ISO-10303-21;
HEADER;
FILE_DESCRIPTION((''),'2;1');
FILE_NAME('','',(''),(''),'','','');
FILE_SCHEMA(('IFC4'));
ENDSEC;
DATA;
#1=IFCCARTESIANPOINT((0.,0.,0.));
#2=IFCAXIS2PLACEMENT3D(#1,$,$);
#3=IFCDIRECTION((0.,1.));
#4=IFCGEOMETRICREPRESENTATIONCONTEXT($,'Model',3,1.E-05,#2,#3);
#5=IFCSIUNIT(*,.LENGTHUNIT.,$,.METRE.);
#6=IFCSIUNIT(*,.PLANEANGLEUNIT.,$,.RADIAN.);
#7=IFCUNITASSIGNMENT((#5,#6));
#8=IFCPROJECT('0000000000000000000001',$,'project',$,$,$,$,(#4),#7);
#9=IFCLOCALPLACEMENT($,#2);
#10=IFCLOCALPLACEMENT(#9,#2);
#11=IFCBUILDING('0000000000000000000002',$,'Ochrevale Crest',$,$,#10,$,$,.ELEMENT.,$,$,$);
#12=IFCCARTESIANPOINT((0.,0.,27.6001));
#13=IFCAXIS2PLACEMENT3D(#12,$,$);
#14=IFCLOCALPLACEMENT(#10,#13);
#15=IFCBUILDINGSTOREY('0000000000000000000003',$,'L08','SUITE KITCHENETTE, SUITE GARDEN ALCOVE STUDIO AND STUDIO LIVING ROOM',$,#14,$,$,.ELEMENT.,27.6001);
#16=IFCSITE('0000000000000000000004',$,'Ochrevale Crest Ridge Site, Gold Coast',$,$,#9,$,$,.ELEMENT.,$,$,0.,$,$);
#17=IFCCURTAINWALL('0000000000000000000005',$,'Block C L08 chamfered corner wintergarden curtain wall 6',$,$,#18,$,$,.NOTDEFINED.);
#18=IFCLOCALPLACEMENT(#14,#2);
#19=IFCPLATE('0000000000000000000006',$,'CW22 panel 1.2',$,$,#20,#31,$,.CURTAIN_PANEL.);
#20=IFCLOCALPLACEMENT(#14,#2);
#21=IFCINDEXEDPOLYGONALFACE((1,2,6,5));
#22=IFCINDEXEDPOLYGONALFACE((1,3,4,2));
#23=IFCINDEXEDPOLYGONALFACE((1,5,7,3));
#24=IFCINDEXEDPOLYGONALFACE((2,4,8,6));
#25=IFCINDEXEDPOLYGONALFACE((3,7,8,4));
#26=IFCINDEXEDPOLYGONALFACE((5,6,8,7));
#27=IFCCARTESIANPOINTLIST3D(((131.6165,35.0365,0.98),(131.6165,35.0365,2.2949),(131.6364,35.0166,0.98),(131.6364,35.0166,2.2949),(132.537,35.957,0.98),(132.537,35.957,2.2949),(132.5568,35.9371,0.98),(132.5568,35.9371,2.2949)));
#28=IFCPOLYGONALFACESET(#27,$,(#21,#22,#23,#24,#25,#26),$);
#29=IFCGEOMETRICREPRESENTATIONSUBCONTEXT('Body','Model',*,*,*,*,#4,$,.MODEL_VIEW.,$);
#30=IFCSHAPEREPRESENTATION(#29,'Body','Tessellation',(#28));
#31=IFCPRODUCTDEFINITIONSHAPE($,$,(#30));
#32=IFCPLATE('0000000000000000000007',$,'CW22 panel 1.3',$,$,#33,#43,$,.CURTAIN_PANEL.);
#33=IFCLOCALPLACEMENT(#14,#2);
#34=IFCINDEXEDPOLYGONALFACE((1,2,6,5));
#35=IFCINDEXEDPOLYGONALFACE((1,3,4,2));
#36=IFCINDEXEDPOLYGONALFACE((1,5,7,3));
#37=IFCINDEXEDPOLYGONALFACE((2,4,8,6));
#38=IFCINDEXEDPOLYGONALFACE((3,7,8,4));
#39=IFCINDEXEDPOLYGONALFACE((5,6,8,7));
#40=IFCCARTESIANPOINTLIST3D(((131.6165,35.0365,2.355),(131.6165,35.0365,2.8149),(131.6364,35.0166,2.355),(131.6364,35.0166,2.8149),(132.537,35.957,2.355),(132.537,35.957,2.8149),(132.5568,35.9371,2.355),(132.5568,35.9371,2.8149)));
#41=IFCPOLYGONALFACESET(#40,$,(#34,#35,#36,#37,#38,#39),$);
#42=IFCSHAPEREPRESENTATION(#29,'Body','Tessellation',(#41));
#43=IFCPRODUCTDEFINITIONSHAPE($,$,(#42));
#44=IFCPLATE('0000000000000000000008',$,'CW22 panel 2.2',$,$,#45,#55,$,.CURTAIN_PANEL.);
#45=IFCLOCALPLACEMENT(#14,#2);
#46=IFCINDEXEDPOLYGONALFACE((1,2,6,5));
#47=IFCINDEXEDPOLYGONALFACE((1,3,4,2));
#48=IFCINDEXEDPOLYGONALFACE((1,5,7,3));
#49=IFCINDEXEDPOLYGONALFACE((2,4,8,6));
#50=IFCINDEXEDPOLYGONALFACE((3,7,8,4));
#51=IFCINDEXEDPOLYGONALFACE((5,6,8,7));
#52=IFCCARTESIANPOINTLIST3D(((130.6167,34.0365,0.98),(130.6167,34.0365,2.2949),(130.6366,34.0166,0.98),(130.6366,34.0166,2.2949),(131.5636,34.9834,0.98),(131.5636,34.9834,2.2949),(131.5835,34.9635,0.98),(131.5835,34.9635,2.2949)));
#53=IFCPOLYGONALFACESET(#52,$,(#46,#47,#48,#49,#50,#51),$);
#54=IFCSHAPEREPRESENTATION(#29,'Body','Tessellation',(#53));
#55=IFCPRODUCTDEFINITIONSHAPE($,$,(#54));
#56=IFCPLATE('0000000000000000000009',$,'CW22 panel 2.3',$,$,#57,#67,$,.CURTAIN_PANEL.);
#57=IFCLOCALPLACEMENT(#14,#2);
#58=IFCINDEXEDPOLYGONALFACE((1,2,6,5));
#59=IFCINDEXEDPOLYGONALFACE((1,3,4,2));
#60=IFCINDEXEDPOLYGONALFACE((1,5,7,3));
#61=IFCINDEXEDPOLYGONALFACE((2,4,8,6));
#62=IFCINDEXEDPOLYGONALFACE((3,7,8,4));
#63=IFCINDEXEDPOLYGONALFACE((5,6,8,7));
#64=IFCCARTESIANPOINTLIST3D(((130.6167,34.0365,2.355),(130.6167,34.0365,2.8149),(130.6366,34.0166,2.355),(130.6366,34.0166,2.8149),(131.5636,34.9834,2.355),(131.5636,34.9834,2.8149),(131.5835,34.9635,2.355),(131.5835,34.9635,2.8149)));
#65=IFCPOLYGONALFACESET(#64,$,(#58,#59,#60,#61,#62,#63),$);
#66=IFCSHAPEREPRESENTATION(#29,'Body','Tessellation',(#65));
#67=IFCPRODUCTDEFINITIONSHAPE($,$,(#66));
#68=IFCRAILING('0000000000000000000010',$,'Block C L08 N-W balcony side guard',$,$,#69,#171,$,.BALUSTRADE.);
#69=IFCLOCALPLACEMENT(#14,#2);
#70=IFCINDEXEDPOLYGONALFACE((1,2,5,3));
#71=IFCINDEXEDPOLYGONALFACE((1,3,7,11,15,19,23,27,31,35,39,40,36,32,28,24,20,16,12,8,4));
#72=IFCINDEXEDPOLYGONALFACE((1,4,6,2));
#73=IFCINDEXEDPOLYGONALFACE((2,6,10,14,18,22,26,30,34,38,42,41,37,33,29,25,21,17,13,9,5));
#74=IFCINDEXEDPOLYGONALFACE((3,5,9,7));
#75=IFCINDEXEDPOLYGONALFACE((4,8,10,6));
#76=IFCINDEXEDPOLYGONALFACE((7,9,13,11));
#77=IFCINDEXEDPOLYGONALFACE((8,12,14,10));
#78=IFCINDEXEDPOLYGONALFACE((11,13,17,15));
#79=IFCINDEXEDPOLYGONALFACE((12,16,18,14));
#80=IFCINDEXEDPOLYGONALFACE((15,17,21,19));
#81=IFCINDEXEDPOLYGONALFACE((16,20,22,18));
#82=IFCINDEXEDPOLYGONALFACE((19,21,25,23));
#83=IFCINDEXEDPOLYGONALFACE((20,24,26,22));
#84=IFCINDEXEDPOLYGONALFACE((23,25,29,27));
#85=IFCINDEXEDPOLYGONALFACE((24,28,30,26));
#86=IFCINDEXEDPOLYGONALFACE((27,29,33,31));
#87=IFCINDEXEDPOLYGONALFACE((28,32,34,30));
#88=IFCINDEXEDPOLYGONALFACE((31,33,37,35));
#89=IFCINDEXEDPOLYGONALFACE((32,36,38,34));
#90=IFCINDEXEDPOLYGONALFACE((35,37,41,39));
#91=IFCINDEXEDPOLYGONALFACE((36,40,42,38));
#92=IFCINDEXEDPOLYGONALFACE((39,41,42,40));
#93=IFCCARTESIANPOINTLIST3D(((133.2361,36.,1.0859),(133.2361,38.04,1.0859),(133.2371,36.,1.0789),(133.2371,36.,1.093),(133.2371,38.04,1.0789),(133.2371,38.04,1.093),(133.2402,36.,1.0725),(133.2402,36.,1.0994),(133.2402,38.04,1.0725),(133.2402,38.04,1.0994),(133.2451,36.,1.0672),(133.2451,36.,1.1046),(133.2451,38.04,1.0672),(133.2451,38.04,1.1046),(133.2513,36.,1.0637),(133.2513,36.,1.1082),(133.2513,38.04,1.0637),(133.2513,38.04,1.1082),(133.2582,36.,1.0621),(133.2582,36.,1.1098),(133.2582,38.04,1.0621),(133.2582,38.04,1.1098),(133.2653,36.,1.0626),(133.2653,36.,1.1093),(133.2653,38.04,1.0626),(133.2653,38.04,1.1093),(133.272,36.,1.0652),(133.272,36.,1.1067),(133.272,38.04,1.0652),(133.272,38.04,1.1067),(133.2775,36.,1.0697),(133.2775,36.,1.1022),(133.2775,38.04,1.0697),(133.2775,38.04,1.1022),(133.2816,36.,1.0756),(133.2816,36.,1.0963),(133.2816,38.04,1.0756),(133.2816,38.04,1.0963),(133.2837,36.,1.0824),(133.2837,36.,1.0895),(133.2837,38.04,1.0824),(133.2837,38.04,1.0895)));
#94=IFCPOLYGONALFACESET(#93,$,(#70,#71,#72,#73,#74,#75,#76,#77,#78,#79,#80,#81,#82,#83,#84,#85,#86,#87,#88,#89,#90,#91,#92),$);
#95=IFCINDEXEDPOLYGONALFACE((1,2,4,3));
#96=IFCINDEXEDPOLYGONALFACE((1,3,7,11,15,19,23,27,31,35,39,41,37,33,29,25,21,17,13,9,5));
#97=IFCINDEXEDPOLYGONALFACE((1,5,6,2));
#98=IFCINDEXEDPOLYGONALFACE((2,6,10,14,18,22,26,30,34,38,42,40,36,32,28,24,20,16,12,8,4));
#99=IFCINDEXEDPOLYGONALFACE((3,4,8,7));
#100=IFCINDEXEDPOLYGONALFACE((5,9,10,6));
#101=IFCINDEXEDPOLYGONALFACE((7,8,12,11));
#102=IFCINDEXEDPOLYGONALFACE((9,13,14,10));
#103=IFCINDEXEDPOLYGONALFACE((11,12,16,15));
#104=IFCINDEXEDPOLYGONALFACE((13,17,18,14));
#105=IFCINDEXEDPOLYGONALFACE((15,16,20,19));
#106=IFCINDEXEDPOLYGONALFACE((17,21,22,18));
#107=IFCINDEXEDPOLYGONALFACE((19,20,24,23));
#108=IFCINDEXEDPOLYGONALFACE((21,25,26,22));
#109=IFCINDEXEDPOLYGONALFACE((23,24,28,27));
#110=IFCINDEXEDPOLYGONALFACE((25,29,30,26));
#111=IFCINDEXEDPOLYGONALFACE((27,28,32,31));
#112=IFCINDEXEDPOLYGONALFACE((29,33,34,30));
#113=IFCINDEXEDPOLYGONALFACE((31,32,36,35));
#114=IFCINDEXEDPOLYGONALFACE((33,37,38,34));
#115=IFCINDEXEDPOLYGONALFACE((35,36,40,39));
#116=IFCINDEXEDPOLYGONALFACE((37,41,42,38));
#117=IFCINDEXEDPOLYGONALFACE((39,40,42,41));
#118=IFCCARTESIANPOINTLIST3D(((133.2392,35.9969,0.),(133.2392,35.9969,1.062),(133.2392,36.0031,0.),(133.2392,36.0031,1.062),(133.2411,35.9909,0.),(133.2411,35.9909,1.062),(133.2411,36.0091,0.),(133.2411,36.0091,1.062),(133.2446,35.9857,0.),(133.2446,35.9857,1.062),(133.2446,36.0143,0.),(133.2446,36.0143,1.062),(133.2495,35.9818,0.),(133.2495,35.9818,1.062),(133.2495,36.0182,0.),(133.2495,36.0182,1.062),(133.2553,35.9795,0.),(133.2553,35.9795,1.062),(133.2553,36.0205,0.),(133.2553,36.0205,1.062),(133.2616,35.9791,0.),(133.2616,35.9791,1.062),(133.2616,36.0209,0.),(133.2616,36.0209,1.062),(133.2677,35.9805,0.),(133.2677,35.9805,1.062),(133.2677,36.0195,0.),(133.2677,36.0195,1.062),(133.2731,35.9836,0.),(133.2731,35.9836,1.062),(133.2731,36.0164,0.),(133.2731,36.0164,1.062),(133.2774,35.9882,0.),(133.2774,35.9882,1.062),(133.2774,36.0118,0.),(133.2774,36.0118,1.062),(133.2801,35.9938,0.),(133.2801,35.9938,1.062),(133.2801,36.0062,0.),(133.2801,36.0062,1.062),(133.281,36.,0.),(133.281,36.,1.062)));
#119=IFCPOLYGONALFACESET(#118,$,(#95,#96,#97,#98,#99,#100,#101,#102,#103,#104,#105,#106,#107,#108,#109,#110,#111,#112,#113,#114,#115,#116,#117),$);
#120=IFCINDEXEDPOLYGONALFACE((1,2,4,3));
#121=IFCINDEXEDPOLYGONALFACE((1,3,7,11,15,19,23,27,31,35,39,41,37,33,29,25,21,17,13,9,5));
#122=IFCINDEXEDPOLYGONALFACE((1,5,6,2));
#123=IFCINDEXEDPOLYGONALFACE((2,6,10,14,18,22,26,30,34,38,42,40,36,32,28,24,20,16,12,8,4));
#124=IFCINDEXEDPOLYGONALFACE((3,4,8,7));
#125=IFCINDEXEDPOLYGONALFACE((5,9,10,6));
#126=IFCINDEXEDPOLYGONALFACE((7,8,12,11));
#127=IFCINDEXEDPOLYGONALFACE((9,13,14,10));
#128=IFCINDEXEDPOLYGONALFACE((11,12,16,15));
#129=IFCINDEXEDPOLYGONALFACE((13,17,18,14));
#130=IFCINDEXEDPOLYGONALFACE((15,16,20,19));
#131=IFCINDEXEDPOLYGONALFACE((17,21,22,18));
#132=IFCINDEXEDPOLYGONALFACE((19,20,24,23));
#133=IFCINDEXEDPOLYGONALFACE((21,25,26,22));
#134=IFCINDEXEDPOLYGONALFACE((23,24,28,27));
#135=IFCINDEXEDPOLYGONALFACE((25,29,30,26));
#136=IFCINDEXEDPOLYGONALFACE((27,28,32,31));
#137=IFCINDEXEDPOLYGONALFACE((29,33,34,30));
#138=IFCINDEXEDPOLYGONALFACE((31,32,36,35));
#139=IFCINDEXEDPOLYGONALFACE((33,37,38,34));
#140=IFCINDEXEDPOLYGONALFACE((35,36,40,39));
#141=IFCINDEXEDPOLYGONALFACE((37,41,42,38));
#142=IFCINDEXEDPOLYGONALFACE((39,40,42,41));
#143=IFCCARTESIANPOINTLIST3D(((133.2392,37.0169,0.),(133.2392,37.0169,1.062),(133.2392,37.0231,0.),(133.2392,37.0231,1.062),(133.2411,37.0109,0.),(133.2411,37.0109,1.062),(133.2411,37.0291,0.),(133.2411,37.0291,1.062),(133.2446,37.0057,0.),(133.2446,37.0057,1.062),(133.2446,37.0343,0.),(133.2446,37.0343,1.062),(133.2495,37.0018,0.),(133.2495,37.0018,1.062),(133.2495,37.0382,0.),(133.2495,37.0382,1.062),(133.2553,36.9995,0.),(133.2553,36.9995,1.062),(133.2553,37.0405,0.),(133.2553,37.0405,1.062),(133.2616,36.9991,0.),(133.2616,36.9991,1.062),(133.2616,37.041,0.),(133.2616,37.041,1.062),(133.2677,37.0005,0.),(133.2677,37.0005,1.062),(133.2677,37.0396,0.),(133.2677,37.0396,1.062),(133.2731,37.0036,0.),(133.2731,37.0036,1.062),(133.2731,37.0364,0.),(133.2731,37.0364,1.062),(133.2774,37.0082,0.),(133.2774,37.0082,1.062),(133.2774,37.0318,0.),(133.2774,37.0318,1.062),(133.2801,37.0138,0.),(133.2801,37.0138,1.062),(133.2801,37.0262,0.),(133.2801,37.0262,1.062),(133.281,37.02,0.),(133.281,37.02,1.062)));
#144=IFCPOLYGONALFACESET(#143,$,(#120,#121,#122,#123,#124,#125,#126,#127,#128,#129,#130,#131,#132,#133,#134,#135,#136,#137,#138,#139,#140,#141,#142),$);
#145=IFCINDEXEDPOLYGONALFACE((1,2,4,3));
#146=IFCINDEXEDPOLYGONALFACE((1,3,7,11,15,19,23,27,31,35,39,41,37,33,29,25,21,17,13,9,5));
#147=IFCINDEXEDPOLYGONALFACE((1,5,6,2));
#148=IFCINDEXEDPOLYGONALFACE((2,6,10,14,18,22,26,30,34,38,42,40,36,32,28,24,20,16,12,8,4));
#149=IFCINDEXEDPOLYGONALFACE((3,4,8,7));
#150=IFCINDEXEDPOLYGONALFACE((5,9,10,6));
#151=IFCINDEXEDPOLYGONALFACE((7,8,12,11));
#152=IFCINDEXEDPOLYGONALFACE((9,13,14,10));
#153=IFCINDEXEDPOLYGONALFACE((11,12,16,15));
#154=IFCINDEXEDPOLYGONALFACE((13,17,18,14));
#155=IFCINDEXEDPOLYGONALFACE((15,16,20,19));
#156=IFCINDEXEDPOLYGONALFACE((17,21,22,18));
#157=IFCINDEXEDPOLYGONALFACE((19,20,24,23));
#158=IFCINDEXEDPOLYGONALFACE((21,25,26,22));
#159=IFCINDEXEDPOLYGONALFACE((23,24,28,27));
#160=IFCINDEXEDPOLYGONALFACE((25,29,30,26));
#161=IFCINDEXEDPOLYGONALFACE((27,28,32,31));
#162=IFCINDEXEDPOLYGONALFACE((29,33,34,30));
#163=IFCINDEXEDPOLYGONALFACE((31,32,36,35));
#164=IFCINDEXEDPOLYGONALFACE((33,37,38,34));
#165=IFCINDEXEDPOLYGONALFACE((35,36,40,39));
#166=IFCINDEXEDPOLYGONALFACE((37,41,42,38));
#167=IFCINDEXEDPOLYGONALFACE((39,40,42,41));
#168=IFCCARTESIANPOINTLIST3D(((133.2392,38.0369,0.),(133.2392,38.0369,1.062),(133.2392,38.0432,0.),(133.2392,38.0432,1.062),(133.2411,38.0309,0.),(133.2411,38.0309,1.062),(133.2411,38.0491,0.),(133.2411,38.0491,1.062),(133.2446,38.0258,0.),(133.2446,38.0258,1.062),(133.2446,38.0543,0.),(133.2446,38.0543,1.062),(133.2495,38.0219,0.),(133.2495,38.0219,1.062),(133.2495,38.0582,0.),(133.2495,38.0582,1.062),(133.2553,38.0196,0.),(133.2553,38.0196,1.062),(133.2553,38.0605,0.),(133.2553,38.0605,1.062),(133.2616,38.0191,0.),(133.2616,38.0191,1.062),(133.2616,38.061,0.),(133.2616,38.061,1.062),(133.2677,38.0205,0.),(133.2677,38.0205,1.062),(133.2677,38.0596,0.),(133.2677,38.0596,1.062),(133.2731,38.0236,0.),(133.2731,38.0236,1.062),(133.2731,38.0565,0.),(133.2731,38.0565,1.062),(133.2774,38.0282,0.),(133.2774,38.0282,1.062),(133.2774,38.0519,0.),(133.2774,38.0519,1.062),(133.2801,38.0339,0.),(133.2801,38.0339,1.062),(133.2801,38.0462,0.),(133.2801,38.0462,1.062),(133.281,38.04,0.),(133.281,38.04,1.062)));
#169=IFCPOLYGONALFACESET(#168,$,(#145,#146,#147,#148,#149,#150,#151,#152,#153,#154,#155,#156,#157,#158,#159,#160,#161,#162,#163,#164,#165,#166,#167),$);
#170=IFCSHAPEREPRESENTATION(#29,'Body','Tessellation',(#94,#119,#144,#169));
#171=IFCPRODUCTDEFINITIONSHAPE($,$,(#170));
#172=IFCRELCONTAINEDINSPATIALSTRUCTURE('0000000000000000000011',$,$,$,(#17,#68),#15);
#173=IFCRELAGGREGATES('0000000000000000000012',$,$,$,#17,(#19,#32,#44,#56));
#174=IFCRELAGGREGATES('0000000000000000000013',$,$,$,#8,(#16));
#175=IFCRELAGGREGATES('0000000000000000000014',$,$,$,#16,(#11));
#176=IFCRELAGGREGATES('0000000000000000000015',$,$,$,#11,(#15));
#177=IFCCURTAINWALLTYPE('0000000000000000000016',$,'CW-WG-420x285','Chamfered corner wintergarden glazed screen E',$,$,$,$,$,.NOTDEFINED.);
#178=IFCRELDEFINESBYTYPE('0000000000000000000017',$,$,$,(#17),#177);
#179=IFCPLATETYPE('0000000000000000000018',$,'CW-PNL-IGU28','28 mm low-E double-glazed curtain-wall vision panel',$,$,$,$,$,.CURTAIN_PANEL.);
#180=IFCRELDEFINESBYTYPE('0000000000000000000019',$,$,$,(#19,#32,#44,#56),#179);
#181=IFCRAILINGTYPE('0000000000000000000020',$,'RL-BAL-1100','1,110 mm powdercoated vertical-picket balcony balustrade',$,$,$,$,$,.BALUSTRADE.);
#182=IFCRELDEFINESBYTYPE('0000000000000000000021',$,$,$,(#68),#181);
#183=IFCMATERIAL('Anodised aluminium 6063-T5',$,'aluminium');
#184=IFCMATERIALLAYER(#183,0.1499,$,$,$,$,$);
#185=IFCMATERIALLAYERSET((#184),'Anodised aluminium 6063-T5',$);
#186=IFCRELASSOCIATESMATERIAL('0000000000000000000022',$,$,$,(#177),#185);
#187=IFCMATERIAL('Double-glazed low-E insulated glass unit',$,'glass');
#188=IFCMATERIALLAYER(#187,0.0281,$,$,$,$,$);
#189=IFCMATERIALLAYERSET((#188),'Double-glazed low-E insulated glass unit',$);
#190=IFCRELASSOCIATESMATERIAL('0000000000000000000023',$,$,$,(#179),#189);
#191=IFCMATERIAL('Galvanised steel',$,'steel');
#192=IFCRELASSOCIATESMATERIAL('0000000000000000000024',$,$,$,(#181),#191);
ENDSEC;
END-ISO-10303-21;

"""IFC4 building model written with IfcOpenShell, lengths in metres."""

from ifc_helpers import new_model, si_unit, direction, frame, origin, origin_2d, place, context, subcontext, project, spatial, rectangle, circle, extrude, material, layer, layer_set, type_object, element, aggregate, save


model = new_model("IFC4")

# Units and contexts
model_context = context("Model", 3, precision=1e-05, world=origin(), true_north=direction((0.0, 1.0)))
body_context = subcontext(model_context, "Body", "Model", "MODEL_VIEW")
ifc_project = project(units=[si_unit("LENGTHUNIT", "METRE"), si_unit("PLANEANGLEUNIT", "RADIAN")], contexts=[model_context])

# Site, building, storey
site_placement = place(None, origin())
site = spatial("IfcSite", under=ifc_project, at=site_placement, Name="Ochrevale Crest Ridge Site, Gold Coast", CompositionType="ELEMENT", RefElevation=0.0)
building_placement = place(site_placement, origin())
building = spatial("IfcBuilding", under=site, at=building_placement, Name="Ochrevale Crest", CompositionType="ELEMENT")
storey_placement = place(building_placement, frame((0.0, 0.0, 27.6001)))
storey = spatial("IfcBuildingStorey", under=building, at=storey_placement, Name="L08", Description="SUITE KITCHENETTE, SUITE GARDEN ALCOVE STUDIO AND STUDIO LIVING ROOM", CompositionType="ELEMENT", Elevation=27.6001)

# Curtain wall, plates
ifc_material_1 = material(Name="Anodised aluminium 6063-T5", Category="aluminium")
ifc_layer_1 = layer(ifc_material_1, 0.1499)
ifc_layer_set_1 = layer_set([ifc_layer_1], Name="Anodised aluminium 6063-T5")
curtain_wall_type = type_object("IfcCurtainWallType", Name="CW-WG-420x285", Description="Chamfered corner wintergarden glazed screen E", PredefinedType="NOTDEFINED", material=ifc_layer_set_1)
curtain_wall_placement = place(storey_placement, origin())
curtain_wall = element("IfcCurtainWall", 1, at=curtain_wall_placement, inside=storey, type_object=curtain_wall_type, Name="Block C L08 chamfered corner wintergarden curtain wall 6", PredefinedType="NOTDEFINED")
ifc_material_2 = material(Name="Double-glazed low-E insulated glass unit", Category="glass")
ifc_layer_2 = layer(ifc_material_2, 0.0281)
ifc_layer_set_2 = layer_set([ifc_layer_2], Name="Double-glazed low-E insulated glass unit")
plate_type = type_object("IfcPlateType", Name="CW-PNL-IGU28", Description="28 mm low-E double-glazed curtain-wall vision panel", PredefinedType="CURTAIN_PANEL", material=ifc_layer_set_2)
plate_1_placement = place(storey_placement, frame((132.0867, 35.4868, 0.98), z_axis=(0.0, 0.0, 1.0), x_axis=(-0.707107, -0.707107, 0.0)))
plate_1 = element("IfcPlate", 2, at=plate_1_placement, type_object=plate_type, Name="CW22 panel 1.2", PredefinedType="CURTAIN_PANEL", context=body_context, shape_type="SweptSolid", body=[
    extrude(rectangle(XDim=1.3018, YDim=0.0281, at=origin_2d()), origin(), (0.0, 0.0, 1.0), 1.3149),
])
plate_2_placement = place(storey_placement, frame((132.0867, 35.4868, 2.355), z_axis=(0.0, 0.0, 1.0), x_axis=(-0.707107, -0.707107, 0.0)))
plate_2 = element("IfcPlate", 3, at=plate_2_placement, type_object=plate_type, Name="CW22 panel 1.3", PredefinedType="CURTAIN_PANEL", context=body_context, shape_type="SweptSolid", body=[
    extrude(rectangle(XDim=1.3018, YDim=0.0281, at=origin_2d()), origin(), (0.0, 0.0, 1.0), 0.46),
])
plate_3_placement = place(storey_placement, frame((131.1001, 34.5, 0.98), z_axis=(0.0, 0.0, 1.0), x_axis=(-0.707107, -0.707107, 0.0)))
plate_3 = element("IfcPlate", 4, at=plate_3_placement, type_object=plate_type, Name="CW22 panel 2.2", PredefinedType="CURTAIN_PANEL", context=body_context, shape_type="SweptSolid", body=[
    extrude(rectangle(XDim=1.3391, YDim=0.0281, at=origin_2d()), origin(), (0.0, 0.0, 1.0), 1.3149),
])
plate_4_placement = place(storey_placement, frame((131.1001, 34.5, 2.355), z_axis=(0.0, 0.0, 1.0), x_axis=(-0.707107, -0.707107, 0.0)))
plate_4 = element("IfcPlate", 5, at=plate_4_placement, type_object=plate_type, Name="CW22 panel 2.3", PredefinedType="CURTAIN_PANEL", context=body_context, shape_type="SweptSolid", body=[
    extrude(rectangle(XDim=1.3391, YDim=0.0281, at=origin_2d()), origin(), (0.0, 0.0, 1.0), 0.46),
])
aggregate(curtain_wall, [plate_1, plate_2, plate_3, plate_4])

# Railing
ifc_material_3 = material(Name="Galvanised steel", Category="steel")
railing_type = type_object("IfcRailingType", Name="RL-BAL-1100", Description="1,110 mm powdercoated vertical-picket balcony balustrade", PredefinedType="BALUSTRADE", material=ifc_material_3)
railing_placement = place(storey_placement, frame((133.26, 36.0, 0.0)))
element("IfcRailing", 6, at=railing_placement, inside=storey, type_object=railing_type, Name="Block C L08 N-W balcony side guard", PredefinedType="BALUSTRADE", context=body_context, shape_type="SweptSolid", body=[
    extrude(circle(Radius=0.0239, at=origin_2d()), frame((0.0, 0.0, 1.0859), z_axis=(0.0, 1.0, 0.0), x_axis=(-1.0, 0.0, 0.0)), (0.0, 0.0, 1.0), 2.04),
    extrude(circle(Radius=0.021, at=origin_2d()), origin(), (0.0, 0.0, 1.0), 1.062),
    extrude(circle(Radius=0.021, at=origin_2d()), frame((0.0, 1.02, 0.0)), (0.0, 0.0, 1.0), 1.062),
    extrude(circle(Radius=0.021, at=origin_2d()), frame((0.0, 2.04, 0.0)), (0.0, 0.0, 1.0), 1.062),
])

save(model, "model.ifc")
